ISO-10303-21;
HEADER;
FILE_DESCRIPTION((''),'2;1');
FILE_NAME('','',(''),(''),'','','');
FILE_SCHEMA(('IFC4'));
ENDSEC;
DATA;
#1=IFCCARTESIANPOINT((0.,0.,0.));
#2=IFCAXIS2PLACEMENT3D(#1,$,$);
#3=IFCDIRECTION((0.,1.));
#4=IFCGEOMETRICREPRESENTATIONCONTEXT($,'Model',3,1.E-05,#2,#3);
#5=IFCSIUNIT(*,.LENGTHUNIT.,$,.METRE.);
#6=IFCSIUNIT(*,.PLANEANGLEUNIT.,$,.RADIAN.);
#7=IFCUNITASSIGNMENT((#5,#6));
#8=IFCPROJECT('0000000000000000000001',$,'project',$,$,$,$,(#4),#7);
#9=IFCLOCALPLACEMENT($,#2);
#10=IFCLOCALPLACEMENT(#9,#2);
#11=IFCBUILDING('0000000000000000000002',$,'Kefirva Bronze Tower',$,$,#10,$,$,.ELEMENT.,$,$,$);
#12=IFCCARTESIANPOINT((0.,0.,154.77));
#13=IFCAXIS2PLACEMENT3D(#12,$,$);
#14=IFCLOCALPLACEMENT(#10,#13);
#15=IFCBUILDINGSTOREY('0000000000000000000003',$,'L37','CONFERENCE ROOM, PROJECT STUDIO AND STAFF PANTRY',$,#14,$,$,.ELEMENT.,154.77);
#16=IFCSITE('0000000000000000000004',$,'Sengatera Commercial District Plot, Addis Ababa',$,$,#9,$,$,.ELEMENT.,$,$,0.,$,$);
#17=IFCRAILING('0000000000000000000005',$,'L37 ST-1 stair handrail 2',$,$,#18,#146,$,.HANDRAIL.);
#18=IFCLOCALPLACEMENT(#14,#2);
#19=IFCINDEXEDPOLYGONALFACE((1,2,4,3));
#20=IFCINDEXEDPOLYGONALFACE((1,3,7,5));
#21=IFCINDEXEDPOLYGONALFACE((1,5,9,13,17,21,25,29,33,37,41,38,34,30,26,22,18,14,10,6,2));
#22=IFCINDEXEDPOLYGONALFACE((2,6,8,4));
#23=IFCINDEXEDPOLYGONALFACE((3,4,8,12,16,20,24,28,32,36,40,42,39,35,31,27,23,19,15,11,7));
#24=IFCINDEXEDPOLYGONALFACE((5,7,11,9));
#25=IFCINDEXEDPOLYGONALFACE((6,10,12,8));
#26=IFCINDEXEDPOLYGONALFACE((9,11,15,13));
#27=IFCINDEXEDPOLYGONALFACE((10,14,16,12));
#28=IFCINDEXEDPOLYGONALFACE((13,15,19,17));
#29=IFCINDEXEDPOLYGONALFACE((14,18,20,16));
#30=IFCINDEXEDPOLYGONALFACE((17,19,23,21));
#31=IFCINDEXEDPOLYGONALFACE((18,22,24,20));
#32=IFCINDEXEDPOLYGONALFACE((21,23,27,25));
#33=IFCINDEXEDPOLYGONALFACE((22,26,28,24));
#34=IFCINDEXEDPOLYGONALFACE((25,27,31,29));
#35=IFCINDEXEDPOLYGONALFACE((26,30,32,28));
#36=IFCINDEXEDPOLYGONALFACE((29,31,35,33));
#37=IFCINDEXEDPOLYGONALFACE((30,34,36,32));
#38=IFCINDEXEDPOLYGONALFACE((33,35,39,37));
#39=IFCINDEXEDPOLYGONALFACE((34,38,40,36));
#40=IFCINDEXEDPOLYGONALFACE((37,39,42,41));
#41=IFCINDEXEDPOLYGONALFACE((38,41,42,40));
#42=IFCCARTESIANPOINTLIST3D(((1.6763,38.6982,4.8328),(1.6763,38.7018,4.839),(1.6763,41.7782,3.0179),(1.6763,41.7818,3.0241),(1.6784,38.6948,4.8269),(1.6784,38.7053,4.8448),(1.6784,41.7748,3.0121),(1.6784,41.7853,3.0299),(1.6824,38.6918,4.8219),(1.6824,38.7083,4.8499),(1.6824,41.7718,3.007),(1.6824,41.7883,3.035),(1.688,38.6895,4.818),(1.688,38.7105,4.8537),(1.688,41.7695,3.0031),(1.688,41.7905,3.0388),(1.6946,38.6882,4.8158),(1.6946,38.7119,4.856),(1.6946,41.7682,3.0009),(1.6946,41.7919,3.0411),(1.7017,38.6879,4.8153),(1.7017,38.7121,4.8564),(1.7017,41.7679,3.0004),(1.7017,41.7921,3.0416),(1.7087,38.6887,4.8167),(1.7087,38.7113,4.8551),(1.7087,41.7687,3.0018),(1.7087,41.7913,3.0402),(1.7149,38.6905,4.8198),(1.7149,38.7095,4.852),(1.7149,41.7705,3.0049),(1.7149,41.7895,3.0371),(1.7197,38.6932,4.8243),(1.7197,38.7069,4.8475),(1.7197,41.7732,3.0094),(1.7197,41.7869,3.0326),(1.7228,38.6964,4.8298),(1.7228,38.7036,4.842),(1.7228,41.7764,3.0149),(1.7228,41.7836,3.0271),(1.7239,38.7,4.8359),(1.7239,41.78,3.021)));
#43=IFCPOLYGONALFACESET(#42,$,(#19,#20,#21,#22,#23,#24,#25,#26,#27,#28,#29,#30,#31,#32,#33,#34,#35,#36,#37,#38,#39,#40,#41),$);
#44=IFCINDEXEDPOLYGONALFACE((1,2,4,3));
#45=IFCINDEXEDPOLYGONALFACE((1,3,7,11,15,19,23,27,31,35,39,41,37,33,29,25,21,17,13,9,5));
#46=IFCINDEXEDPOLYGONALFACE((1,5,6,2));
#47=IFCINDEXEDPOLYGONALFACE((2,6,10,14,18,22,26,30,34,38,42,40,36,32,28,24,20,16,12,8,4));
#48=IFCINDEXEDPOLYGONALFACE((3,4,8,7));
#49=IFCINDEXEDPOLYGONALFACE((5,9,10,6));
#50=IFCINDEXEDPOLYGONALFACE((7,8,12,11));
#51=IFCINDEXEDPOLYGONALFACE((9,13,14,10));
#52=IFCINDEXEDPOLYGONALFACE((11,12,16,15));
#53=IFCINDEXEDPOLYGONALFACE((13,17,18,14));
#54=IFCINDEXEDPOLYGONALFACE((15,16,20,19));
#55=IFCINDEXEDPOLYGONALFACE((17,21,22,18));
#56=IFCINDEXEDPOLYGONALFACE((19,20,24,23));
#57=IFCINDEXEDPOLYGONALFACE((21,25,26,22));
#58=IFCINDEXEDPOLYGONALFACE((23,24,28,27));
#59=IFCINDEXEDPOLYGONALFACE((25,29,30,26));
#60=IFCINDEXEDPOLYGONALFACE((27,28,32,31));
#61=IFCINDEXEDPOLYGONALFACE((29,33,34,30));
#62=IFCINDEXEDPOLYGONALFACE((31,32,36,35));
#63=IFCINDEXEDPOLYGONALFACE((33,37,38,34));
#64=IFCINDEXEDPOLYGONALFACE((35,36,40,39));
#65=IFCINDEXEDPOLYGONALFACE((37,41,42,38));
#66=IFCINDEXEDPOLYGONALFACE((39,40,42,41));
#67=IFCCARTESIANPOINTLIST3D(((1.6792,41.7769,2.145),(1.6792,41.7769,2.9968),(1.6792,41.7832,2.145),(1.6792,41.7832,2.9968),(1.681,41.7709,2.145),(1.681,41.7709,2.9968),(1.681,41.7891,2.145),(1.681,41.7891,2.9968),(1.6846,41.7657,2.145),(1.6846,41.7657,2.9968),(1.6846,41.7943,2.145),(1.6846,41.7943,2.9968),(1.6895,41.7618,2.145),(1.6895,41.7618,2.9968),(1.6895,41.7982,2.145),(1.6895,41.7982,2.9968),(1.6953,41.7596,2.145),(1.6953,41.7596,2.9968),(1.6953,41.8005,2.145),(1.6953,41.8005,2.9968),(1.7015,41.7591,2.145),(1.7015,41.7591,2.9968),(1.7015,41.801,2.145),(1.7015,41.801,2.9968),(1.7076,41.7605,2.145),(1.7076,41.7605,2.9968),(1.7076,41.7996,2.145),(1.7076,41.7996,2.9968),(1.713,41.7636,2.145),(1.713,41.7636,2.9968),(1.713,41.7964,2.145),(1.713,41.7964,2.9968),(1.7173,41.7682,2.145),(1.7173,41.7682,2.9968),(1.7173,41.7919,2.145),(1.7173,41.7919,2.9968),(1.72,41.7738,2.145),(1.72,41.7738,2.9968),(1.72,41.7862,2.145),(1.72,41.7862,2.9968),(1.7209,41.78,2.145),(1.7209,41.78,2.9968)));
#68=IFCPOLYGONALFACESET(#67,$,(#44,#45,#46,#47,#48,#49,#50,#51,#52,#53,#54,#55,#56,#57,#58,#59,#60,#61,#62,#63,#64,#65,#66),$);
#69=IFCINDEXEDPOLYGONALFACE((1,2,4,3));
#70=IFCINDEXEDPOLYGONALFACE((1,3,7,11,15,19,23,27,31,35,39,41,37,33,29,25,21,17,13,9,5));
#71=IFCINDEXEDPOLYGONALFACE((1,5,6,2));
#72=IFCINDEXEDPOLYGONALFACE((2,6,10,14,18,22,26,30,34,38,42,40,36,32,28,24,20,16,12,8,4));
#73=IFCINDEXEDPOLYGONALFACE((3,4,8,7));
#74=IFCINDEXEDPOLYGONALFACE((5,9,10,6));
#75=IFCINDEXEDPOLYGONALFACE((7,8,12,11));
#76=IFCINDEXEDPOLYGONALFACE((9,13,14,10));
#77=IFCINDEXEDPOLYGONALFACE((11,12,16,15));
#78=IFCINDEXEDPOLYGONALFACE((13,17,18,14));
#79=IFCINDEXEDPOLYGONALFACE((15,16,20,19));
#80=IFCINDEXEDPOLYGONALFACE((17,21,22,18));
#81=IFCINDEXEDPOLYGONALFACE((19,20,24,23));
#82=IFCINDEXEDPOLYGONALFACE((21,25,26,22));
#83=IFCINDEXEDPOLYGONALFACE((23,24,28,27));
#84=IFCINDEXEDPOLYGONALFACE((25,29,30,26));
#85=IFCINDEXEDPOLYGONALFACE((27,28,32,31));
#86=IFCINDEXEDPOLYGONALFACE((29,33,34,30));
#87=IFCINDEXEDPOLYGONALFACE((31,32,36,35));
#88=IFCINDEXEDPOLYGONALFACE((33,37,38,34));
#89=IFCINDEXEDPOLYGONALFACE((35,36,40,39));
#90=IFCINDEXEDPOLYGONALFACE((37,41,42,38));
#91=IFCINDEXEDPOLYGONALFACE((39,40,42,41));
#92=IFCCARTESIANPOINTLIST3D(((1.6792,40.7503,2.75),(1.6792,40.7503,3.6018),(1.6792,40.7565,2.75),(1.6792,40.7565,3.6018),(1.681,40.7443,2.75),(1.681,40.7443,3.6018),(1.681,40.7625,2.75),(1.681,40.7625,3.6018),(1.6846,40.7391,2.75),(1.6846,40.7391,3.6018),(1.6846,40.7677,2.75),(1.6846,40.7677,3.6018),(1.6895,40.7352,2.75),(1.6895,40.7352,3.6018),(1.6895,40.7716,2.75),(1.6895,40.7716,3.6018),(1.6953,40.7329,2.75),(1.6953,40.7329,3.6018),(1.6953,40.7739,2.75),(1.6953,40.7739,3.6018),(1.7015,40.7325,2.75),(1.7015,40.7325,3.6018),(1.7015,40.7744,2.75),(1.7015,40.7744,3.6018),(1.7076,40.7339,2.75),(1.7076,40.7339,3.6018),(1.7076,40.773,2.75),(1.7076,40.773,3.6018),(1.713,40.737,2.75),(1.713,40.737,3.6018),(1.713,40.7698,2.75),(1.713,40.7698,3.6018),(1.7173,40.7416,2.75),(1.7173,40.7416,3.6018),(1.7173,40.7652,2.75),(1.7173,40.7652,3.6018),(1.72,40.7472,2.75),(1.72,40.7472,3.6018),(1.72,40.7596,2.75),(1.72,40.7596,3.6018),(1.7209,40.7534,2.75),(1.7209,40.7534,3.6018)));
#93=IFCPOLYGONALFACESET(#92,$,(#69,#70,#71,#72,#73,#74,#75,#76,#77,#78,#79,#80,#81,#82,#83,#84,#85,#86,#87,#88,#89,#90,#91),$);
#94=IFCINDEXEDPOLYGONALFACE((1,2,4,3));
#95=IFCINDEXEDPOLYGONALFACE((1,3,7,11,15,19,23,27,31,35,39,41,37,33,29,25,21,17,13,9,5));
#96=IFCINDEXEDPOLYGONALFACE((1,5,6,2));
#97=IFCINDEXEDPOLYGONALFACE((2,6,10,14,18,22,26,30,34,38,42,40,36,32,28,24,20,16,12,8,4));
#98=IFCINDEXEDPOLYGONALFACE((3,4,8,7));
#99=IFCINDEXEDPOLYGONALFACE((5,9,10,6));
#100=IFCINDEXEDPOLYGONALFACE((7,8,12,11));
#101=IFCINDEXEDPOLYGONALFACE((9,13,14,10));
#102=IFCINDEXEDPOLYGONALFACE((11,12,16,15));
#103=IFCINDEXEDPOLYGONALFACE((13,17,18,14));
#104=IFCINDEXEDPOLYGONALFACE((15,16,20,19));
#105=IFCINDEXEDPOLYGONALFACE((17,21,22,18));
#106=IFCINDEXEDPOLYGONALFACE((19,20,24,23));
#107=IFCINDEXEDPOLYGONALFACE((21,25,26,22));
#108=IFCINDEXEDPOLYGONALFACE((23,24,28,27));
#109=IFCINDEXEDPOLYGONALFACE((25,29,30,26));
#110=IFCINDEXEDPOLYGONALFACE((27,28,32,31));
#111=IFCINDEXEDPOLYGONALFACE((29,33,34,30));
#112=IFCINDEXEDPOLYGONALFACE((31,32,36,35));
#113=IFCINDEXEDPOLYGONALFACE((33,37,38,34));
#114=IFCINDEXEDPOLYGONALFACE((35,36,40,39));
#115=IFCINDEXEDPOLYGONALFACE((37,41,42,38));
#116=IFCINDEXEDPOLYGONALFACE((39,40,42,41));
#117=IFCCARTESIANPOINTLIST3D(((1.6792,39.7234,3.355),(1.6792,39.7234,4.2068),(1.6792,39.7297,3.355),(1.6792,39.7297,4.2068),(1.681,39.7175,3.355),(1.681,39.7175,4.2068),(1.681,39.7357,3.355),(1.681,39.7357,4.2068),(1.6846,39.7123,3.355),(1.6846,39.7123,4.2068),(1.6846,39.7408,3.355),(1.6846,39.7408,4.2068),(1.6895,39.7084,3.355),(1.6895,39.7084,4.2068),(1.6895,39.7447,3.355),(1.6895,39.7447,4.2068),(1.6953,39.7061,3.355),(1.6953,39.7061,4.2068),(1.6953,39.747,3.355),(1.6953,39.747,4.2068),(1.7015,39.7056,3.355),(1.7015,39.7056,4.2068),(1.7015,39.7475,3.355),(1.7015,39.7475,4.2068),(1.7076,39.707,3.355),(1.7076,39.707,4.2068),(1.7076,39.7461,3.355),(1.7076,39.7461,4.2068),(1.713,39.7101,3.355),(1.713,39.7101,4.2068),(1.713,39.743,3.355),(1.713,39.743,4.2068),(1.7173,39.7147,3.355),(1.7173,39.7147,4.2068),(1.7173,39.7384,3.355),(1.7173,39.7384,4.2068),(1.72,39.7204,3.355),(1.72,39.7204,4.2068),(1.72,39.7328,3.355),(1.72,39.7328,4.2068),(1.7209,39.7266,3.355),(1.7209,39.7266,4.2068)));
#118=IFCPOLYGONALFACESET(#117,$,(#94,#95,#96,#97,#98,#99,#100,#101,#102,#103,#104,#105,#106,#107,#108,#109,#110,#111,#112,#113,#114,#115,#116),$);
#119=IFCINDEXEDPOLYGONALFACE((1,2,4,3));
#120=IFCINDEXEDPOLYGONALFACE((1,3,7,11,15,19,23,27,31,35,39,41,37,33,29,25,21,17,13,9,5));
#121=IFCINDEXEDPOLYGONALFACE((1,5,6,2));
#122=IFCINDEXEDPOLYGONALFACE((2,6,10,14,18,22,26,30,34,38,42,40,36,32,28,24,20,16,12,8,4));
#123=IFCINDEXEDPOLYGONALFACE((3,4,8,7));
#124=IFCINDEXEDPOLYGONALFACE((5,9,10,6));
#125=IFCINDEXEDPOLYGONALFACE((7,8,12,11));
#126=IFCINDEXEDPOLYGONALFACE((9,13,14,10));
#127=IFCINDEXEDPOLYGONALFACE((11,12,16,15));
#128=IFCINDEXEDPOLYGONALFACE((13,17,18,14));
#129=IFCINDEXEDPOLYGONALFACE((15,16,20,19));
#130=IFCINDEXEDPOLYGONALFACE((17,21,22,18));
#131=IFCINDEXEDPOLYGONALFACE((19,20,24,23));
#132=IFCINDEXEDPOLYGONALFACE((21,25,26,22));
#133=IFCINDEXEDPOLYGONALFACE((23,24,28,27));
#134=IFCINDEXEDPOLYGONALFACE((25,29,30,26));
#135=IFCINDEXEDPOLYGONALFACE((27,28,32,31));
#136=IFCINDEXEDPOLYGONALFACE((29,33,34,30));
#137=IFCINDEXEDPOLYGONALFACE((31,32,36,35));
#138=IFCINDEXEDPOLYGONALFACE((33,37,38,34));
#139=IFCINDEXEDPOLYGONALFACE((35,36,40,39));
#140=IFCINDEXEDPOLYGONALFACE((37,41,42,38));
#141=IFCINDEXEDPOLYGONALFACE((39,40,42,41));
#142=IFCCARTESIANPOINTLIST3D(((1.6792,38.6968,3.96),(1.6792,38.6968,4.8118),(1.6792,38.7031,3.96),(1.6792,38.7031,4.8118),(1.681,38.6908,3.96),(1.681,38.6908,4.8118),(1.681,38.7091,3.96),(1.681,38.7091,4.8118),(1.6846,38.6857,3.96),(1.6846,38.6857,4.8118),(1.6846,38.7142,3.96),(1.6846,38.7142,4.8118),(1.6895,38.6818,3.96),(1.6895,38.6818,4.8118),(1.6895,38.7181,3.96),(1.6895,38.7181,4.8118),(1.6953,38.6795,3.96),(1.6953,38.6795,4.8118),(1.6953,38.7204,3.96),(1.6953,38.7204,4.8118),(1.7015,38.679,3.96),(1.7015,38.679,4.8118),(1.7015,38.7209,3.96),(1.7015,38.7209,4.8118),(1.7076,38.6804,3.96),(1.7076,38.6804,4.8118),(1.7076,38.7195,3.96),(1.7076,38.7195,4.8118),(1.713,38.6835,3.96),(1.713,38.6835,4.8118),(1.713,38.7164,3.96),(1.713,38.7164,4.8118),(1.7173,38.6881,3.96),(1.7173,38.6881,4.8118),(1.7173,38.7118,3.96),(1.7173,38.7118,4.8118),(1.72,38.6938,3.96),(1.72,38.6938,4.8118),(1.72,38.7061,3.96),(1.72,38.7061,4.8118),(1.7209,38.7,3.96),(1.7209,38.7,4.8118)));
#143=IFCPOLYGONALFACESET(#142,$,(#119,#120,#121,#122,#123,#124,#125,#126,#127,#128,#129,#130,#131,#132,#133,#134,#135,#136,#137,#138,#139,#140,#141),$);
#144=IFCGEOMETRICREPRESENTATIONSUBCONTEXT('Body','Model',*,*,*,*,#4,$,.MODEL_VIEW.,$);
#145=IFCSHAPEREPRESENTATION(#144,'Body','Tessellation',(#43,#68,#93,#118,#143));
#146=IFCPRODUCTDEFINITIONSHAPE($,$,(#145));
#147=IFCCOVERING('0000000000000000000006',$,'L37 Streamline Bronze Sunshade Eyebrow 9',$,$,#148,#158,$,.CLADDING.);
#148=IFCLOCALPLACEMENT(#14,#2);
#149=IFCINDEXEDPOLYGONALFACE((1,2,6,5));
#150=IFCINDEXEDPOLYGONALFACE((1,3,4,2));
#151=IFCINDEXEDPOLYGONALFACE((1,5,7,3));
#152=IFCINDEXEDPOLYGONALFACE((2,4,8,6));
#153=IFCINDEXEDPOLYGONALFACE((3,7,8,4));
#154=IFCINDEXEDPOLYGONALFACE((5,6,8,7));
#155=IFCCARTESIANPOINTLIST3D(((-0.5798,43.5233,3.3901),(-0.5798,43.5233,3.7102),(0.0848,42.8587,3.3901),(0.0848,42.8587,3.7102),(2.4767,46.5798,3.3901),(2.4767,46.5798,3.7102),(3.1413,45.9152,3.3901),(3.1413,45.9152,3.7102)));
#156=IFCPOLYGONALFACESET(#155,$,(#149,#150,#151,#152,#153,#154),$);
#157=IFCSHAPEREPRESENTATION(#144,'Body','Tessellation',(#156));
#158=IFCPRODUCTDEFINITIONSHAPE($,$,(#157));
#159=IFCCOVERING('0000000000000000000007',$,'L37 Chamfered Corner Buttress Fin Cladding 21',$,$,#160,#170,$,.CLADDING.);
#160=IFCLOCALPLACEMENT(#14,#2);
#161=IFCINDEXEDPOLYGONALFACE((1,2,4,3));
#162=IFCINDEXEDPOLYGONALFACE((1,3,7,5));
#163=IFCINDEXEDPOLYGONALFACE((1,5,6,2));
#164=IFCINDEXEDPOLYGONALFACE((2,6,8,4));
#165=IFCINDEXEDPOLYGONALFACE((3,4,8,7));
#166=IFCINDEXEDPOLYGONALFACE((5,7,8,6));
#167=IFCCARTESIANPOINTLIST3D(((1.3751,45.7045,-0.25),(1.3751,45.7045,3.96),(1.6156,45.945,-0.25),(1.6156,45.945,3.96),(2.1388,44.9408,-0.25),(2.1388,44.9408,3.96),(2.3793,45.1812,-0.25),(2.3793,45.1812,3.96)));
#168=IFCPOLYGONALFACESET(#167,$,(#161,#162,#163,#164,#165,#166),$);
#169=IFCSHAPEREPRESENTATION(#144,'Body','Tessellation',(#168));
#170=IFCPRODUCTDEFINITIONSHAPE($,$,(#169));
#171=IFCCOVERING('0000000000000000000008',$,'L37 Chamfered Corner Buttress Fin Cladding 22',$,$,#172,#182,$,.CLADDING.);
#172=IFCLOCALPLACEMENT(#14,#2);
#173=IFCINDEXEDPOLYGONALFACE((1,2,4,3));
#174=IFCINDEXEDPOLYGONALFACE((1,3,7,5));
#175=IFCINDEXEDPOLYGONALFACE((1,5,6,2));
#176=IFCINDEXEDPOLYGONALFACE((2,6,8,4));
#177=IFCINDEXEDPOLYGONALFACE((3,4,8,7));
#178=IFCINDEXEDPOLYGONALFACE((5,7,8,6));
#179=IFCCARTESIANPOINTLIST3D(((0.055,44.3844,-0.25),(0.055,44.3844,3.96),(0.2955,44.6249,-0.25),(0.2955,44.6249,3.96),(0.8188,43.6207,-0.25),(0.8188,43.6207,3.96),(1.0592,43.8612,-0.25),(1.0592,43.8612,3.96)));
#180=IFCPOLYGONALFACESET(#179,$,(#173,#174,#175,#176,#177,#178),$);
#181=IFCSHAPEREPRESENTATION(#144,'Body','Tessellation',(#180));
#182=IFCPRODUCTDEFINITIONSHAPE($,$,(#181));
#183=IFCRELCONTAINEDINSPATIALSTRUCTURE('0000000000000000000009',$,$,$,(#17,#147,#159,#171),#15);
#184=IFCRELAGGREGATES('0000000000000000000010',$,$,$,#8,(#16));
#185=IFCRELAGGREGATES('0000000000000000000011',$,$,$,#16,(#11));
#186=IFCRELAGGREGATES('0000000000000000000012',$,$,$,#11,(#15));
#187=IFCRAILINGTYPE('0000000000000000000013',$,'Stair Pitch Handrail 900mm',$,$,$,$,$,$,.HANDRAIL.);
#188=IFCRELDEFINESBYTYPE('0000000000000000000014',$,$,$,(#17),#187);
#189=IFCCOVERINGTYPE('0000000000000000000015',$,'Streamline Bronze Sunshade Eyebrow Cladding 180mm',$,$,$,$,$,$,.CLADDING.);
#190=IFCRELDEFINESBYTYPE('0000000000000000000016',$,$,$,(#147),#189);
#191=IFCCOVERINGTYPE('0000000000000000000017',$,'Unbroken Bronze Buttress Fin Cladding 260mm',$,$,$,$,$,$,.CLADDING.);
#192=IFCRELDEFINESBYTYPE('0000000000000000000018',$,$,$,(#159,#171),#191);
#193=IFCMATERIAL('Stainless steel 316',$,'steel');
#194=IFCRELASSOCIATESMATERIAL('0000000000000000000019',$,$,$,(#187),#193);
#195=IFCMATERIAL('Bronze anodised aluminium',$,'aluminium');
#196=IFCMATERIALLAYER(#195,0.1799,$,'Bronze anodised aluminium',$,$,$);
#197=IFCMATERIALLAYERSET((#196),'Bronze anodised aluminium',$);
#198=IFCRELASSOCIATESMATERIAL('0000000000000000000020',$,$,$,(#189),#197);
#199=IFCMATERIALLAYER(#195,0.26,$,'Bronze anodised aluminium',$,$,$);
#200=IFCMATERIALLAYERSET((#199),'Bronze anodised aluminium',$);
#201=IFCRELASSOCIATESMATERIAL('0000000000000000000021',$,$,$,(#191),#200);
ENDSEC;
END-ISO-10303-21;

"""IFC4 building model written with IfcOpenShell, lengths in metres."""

from ifc_helpers import new_model, si_unit, direction, frame, origin, origin_2d, place, context, subcontext, project, spatial, rectangle, circle, extrude, material, layer, layer_set, type_object, element, save


model = new_model("IFC4")

# Units and contexts
model_context = context("Model", 3, precision=1e-05, world=origin(), true_north=direction((0.0, 1.0)))
body_context = subcontext(model_context, "Body", "Model", "MODEL_VIEW")
ifc_project = project(units=[si_unit("LENGTHUNIT", "METRE"), si_unit("PLANEANGLEUNIT", "RADIAN")], contexts=[model_context])

# Site, building, storey
site_placement = place(None, origin())
site = spatial("IfcSite", under=ifc_project, at=site_placement, Name="Sengatera Commercial District Plot, Addis Ababa", CompositionType="ELEMENT", RefElevation=0.0)
building_placement = place(site_placement, origin())
building = spatial("IfcBuilding", under=site, at=building_placement, Name="Kefirva Bronze Tower", CompositionType="ELEMENT")
storey_placement = place(building_placement, frame((0.0, 0.0, 154.77)))
storey = spatial("IfcBuildingStorey", under=building, at=storey_placement, Name="L37", Description="CONFERENCE ROOM, PROJECT STUDIO AND STAFF PANTRY", CompositionType="ELEMENT", Elevation=154.77)

# Shared definitions
ifc_material_1 = material(Name="Bronze anodised aluminium", Category="aluminium")

# Railing
ifc_material_2 = material(Name="Stainless steel 316", Category="steel")
railing_type_1 = type_object("IfcRailingType", Name="Stair Pitch Handrail 900mm", PredefinedType="HANDRAIL", material=ifc_material_2)
railing_1_placement = place(storey_placement, frame((1.7, 41.78, 2.145)))
element("IfcRailing", 1, at=railing_1_placement, inside=storey, type_object=railing_type_1, Name="L37 ST-1 stair handrail 2", PredefinedType="HANDRAIL", context=body_context, shape_type="SweptSolid", body=[
    extrude(circle(Radius=0.0239, at=origin_2d()), frame((0.0, 0.0, 0.876), z_axis=(0.0, -0.861551, 0.507671), x_axis=(1.0, 0.0, 0.0)), (0.0, 0.0, 1.0), 3.575),
    extrude(circle(Radius=0.021, at=origin_2d()), origin(), (0.0, 0.0, 1.0), 0.8518),
    extrude(circle(Radius=0.021, at=origin_2d()), frame((0.0, -1.0266, 0.605)), (0.0, 0.0, 1.0), 0.8518),
    extrude(circle(Radius=0.021, at=origin_2d()), frame((0.0, -2.0535, 1.21)), (0.0, 0.0, 1.0), 0.8518),
    extrude(circle(Radius=0.021, at=origin_2d()), frame((0.0, -3.0801, 1.8149)), (0.0, 0.0, 1.0), 0.8518),
])

# Coverings
ifc_layer_1 = layer(ifc_material_1, 0.1799, Name="Bronze anodised aluminium")
ifc_layer_set_1 = layer_set([ifc_layer_1], Name="Bronze anodised aluminium")
covering_type_1 = type_object("IfcCoveringType", Name="Streamline Bronze Sunshade Eyebrow Cladding 180mm", PredefinedType="CLADDING", material=ifc_layer_set_1)
covering_1_placement = place(storey_placement, frame((1.2808, 44.7192, 3.3901), z_axis=(0.0, 0.0, 1.0), x_axis=(-0.707107, -0.707107, 0.0)))
element("IfcCovering", 2, at=covering_1_placement, inside=storey, type_object=covering_type_1, Name="L37 Streamline Bronze Sunshade Eyebrow 9", PredefinedType="CLADDING", context=body_context, shape_type="SweptSolid", body=[
    extrude(rectangle(XDim=4.3225, YDim=0.9399, at=origin_2d()), origin(), (0.0, 0.0, 1.0), 0.3201),
])
ifc_layer_2 = layer(ifc_material_1, 0.26, Name="Bronze anodised aluminium")
ifc_layer_set_2 = layer_set([ifc_layer_2], Name="Bronze anodised aluminium")
covering_type_2 = type_object("IfcCoveringType", Name="Unbroken Bronze Buttress Fin Cladding 260mm", PredefinedType="CLADDING", material=ifc_layer_set_2)
for number, where, z_axis, x_axis, name in (
    (3, (1.8772, 45.4429, -0.25), (0.0, 0.0, 1.0), (-0.707107, -0.707107, 0.0), "L37 Chamfered Corner Buttress Fin Cladding 21"),
    (4, (0.5571, 44.1228, -0.25), (0.0, 0.0, 1.0), (-0.707107, -0.707107, 0.0), "L37 Chamfered Corner Buttress Fin Cladding 22"),
):
    element("IfcCovering", number, at=place(storey_placement, frame(where, z_axis=z_axis, x_axis=x_axis)), inside=storey, type_object=covering_type_2, Name=name, PredefinedType="CLADDING", context=body_context, shape_type="SweptSolid", body=[
        extrude(rectangle(XDim=0.3401, YDim=1.0801, at=origin_2d()), origin(), (0.0, 0.0, 1.0), 4.21),
    ])

save(model, "model.ifc")
